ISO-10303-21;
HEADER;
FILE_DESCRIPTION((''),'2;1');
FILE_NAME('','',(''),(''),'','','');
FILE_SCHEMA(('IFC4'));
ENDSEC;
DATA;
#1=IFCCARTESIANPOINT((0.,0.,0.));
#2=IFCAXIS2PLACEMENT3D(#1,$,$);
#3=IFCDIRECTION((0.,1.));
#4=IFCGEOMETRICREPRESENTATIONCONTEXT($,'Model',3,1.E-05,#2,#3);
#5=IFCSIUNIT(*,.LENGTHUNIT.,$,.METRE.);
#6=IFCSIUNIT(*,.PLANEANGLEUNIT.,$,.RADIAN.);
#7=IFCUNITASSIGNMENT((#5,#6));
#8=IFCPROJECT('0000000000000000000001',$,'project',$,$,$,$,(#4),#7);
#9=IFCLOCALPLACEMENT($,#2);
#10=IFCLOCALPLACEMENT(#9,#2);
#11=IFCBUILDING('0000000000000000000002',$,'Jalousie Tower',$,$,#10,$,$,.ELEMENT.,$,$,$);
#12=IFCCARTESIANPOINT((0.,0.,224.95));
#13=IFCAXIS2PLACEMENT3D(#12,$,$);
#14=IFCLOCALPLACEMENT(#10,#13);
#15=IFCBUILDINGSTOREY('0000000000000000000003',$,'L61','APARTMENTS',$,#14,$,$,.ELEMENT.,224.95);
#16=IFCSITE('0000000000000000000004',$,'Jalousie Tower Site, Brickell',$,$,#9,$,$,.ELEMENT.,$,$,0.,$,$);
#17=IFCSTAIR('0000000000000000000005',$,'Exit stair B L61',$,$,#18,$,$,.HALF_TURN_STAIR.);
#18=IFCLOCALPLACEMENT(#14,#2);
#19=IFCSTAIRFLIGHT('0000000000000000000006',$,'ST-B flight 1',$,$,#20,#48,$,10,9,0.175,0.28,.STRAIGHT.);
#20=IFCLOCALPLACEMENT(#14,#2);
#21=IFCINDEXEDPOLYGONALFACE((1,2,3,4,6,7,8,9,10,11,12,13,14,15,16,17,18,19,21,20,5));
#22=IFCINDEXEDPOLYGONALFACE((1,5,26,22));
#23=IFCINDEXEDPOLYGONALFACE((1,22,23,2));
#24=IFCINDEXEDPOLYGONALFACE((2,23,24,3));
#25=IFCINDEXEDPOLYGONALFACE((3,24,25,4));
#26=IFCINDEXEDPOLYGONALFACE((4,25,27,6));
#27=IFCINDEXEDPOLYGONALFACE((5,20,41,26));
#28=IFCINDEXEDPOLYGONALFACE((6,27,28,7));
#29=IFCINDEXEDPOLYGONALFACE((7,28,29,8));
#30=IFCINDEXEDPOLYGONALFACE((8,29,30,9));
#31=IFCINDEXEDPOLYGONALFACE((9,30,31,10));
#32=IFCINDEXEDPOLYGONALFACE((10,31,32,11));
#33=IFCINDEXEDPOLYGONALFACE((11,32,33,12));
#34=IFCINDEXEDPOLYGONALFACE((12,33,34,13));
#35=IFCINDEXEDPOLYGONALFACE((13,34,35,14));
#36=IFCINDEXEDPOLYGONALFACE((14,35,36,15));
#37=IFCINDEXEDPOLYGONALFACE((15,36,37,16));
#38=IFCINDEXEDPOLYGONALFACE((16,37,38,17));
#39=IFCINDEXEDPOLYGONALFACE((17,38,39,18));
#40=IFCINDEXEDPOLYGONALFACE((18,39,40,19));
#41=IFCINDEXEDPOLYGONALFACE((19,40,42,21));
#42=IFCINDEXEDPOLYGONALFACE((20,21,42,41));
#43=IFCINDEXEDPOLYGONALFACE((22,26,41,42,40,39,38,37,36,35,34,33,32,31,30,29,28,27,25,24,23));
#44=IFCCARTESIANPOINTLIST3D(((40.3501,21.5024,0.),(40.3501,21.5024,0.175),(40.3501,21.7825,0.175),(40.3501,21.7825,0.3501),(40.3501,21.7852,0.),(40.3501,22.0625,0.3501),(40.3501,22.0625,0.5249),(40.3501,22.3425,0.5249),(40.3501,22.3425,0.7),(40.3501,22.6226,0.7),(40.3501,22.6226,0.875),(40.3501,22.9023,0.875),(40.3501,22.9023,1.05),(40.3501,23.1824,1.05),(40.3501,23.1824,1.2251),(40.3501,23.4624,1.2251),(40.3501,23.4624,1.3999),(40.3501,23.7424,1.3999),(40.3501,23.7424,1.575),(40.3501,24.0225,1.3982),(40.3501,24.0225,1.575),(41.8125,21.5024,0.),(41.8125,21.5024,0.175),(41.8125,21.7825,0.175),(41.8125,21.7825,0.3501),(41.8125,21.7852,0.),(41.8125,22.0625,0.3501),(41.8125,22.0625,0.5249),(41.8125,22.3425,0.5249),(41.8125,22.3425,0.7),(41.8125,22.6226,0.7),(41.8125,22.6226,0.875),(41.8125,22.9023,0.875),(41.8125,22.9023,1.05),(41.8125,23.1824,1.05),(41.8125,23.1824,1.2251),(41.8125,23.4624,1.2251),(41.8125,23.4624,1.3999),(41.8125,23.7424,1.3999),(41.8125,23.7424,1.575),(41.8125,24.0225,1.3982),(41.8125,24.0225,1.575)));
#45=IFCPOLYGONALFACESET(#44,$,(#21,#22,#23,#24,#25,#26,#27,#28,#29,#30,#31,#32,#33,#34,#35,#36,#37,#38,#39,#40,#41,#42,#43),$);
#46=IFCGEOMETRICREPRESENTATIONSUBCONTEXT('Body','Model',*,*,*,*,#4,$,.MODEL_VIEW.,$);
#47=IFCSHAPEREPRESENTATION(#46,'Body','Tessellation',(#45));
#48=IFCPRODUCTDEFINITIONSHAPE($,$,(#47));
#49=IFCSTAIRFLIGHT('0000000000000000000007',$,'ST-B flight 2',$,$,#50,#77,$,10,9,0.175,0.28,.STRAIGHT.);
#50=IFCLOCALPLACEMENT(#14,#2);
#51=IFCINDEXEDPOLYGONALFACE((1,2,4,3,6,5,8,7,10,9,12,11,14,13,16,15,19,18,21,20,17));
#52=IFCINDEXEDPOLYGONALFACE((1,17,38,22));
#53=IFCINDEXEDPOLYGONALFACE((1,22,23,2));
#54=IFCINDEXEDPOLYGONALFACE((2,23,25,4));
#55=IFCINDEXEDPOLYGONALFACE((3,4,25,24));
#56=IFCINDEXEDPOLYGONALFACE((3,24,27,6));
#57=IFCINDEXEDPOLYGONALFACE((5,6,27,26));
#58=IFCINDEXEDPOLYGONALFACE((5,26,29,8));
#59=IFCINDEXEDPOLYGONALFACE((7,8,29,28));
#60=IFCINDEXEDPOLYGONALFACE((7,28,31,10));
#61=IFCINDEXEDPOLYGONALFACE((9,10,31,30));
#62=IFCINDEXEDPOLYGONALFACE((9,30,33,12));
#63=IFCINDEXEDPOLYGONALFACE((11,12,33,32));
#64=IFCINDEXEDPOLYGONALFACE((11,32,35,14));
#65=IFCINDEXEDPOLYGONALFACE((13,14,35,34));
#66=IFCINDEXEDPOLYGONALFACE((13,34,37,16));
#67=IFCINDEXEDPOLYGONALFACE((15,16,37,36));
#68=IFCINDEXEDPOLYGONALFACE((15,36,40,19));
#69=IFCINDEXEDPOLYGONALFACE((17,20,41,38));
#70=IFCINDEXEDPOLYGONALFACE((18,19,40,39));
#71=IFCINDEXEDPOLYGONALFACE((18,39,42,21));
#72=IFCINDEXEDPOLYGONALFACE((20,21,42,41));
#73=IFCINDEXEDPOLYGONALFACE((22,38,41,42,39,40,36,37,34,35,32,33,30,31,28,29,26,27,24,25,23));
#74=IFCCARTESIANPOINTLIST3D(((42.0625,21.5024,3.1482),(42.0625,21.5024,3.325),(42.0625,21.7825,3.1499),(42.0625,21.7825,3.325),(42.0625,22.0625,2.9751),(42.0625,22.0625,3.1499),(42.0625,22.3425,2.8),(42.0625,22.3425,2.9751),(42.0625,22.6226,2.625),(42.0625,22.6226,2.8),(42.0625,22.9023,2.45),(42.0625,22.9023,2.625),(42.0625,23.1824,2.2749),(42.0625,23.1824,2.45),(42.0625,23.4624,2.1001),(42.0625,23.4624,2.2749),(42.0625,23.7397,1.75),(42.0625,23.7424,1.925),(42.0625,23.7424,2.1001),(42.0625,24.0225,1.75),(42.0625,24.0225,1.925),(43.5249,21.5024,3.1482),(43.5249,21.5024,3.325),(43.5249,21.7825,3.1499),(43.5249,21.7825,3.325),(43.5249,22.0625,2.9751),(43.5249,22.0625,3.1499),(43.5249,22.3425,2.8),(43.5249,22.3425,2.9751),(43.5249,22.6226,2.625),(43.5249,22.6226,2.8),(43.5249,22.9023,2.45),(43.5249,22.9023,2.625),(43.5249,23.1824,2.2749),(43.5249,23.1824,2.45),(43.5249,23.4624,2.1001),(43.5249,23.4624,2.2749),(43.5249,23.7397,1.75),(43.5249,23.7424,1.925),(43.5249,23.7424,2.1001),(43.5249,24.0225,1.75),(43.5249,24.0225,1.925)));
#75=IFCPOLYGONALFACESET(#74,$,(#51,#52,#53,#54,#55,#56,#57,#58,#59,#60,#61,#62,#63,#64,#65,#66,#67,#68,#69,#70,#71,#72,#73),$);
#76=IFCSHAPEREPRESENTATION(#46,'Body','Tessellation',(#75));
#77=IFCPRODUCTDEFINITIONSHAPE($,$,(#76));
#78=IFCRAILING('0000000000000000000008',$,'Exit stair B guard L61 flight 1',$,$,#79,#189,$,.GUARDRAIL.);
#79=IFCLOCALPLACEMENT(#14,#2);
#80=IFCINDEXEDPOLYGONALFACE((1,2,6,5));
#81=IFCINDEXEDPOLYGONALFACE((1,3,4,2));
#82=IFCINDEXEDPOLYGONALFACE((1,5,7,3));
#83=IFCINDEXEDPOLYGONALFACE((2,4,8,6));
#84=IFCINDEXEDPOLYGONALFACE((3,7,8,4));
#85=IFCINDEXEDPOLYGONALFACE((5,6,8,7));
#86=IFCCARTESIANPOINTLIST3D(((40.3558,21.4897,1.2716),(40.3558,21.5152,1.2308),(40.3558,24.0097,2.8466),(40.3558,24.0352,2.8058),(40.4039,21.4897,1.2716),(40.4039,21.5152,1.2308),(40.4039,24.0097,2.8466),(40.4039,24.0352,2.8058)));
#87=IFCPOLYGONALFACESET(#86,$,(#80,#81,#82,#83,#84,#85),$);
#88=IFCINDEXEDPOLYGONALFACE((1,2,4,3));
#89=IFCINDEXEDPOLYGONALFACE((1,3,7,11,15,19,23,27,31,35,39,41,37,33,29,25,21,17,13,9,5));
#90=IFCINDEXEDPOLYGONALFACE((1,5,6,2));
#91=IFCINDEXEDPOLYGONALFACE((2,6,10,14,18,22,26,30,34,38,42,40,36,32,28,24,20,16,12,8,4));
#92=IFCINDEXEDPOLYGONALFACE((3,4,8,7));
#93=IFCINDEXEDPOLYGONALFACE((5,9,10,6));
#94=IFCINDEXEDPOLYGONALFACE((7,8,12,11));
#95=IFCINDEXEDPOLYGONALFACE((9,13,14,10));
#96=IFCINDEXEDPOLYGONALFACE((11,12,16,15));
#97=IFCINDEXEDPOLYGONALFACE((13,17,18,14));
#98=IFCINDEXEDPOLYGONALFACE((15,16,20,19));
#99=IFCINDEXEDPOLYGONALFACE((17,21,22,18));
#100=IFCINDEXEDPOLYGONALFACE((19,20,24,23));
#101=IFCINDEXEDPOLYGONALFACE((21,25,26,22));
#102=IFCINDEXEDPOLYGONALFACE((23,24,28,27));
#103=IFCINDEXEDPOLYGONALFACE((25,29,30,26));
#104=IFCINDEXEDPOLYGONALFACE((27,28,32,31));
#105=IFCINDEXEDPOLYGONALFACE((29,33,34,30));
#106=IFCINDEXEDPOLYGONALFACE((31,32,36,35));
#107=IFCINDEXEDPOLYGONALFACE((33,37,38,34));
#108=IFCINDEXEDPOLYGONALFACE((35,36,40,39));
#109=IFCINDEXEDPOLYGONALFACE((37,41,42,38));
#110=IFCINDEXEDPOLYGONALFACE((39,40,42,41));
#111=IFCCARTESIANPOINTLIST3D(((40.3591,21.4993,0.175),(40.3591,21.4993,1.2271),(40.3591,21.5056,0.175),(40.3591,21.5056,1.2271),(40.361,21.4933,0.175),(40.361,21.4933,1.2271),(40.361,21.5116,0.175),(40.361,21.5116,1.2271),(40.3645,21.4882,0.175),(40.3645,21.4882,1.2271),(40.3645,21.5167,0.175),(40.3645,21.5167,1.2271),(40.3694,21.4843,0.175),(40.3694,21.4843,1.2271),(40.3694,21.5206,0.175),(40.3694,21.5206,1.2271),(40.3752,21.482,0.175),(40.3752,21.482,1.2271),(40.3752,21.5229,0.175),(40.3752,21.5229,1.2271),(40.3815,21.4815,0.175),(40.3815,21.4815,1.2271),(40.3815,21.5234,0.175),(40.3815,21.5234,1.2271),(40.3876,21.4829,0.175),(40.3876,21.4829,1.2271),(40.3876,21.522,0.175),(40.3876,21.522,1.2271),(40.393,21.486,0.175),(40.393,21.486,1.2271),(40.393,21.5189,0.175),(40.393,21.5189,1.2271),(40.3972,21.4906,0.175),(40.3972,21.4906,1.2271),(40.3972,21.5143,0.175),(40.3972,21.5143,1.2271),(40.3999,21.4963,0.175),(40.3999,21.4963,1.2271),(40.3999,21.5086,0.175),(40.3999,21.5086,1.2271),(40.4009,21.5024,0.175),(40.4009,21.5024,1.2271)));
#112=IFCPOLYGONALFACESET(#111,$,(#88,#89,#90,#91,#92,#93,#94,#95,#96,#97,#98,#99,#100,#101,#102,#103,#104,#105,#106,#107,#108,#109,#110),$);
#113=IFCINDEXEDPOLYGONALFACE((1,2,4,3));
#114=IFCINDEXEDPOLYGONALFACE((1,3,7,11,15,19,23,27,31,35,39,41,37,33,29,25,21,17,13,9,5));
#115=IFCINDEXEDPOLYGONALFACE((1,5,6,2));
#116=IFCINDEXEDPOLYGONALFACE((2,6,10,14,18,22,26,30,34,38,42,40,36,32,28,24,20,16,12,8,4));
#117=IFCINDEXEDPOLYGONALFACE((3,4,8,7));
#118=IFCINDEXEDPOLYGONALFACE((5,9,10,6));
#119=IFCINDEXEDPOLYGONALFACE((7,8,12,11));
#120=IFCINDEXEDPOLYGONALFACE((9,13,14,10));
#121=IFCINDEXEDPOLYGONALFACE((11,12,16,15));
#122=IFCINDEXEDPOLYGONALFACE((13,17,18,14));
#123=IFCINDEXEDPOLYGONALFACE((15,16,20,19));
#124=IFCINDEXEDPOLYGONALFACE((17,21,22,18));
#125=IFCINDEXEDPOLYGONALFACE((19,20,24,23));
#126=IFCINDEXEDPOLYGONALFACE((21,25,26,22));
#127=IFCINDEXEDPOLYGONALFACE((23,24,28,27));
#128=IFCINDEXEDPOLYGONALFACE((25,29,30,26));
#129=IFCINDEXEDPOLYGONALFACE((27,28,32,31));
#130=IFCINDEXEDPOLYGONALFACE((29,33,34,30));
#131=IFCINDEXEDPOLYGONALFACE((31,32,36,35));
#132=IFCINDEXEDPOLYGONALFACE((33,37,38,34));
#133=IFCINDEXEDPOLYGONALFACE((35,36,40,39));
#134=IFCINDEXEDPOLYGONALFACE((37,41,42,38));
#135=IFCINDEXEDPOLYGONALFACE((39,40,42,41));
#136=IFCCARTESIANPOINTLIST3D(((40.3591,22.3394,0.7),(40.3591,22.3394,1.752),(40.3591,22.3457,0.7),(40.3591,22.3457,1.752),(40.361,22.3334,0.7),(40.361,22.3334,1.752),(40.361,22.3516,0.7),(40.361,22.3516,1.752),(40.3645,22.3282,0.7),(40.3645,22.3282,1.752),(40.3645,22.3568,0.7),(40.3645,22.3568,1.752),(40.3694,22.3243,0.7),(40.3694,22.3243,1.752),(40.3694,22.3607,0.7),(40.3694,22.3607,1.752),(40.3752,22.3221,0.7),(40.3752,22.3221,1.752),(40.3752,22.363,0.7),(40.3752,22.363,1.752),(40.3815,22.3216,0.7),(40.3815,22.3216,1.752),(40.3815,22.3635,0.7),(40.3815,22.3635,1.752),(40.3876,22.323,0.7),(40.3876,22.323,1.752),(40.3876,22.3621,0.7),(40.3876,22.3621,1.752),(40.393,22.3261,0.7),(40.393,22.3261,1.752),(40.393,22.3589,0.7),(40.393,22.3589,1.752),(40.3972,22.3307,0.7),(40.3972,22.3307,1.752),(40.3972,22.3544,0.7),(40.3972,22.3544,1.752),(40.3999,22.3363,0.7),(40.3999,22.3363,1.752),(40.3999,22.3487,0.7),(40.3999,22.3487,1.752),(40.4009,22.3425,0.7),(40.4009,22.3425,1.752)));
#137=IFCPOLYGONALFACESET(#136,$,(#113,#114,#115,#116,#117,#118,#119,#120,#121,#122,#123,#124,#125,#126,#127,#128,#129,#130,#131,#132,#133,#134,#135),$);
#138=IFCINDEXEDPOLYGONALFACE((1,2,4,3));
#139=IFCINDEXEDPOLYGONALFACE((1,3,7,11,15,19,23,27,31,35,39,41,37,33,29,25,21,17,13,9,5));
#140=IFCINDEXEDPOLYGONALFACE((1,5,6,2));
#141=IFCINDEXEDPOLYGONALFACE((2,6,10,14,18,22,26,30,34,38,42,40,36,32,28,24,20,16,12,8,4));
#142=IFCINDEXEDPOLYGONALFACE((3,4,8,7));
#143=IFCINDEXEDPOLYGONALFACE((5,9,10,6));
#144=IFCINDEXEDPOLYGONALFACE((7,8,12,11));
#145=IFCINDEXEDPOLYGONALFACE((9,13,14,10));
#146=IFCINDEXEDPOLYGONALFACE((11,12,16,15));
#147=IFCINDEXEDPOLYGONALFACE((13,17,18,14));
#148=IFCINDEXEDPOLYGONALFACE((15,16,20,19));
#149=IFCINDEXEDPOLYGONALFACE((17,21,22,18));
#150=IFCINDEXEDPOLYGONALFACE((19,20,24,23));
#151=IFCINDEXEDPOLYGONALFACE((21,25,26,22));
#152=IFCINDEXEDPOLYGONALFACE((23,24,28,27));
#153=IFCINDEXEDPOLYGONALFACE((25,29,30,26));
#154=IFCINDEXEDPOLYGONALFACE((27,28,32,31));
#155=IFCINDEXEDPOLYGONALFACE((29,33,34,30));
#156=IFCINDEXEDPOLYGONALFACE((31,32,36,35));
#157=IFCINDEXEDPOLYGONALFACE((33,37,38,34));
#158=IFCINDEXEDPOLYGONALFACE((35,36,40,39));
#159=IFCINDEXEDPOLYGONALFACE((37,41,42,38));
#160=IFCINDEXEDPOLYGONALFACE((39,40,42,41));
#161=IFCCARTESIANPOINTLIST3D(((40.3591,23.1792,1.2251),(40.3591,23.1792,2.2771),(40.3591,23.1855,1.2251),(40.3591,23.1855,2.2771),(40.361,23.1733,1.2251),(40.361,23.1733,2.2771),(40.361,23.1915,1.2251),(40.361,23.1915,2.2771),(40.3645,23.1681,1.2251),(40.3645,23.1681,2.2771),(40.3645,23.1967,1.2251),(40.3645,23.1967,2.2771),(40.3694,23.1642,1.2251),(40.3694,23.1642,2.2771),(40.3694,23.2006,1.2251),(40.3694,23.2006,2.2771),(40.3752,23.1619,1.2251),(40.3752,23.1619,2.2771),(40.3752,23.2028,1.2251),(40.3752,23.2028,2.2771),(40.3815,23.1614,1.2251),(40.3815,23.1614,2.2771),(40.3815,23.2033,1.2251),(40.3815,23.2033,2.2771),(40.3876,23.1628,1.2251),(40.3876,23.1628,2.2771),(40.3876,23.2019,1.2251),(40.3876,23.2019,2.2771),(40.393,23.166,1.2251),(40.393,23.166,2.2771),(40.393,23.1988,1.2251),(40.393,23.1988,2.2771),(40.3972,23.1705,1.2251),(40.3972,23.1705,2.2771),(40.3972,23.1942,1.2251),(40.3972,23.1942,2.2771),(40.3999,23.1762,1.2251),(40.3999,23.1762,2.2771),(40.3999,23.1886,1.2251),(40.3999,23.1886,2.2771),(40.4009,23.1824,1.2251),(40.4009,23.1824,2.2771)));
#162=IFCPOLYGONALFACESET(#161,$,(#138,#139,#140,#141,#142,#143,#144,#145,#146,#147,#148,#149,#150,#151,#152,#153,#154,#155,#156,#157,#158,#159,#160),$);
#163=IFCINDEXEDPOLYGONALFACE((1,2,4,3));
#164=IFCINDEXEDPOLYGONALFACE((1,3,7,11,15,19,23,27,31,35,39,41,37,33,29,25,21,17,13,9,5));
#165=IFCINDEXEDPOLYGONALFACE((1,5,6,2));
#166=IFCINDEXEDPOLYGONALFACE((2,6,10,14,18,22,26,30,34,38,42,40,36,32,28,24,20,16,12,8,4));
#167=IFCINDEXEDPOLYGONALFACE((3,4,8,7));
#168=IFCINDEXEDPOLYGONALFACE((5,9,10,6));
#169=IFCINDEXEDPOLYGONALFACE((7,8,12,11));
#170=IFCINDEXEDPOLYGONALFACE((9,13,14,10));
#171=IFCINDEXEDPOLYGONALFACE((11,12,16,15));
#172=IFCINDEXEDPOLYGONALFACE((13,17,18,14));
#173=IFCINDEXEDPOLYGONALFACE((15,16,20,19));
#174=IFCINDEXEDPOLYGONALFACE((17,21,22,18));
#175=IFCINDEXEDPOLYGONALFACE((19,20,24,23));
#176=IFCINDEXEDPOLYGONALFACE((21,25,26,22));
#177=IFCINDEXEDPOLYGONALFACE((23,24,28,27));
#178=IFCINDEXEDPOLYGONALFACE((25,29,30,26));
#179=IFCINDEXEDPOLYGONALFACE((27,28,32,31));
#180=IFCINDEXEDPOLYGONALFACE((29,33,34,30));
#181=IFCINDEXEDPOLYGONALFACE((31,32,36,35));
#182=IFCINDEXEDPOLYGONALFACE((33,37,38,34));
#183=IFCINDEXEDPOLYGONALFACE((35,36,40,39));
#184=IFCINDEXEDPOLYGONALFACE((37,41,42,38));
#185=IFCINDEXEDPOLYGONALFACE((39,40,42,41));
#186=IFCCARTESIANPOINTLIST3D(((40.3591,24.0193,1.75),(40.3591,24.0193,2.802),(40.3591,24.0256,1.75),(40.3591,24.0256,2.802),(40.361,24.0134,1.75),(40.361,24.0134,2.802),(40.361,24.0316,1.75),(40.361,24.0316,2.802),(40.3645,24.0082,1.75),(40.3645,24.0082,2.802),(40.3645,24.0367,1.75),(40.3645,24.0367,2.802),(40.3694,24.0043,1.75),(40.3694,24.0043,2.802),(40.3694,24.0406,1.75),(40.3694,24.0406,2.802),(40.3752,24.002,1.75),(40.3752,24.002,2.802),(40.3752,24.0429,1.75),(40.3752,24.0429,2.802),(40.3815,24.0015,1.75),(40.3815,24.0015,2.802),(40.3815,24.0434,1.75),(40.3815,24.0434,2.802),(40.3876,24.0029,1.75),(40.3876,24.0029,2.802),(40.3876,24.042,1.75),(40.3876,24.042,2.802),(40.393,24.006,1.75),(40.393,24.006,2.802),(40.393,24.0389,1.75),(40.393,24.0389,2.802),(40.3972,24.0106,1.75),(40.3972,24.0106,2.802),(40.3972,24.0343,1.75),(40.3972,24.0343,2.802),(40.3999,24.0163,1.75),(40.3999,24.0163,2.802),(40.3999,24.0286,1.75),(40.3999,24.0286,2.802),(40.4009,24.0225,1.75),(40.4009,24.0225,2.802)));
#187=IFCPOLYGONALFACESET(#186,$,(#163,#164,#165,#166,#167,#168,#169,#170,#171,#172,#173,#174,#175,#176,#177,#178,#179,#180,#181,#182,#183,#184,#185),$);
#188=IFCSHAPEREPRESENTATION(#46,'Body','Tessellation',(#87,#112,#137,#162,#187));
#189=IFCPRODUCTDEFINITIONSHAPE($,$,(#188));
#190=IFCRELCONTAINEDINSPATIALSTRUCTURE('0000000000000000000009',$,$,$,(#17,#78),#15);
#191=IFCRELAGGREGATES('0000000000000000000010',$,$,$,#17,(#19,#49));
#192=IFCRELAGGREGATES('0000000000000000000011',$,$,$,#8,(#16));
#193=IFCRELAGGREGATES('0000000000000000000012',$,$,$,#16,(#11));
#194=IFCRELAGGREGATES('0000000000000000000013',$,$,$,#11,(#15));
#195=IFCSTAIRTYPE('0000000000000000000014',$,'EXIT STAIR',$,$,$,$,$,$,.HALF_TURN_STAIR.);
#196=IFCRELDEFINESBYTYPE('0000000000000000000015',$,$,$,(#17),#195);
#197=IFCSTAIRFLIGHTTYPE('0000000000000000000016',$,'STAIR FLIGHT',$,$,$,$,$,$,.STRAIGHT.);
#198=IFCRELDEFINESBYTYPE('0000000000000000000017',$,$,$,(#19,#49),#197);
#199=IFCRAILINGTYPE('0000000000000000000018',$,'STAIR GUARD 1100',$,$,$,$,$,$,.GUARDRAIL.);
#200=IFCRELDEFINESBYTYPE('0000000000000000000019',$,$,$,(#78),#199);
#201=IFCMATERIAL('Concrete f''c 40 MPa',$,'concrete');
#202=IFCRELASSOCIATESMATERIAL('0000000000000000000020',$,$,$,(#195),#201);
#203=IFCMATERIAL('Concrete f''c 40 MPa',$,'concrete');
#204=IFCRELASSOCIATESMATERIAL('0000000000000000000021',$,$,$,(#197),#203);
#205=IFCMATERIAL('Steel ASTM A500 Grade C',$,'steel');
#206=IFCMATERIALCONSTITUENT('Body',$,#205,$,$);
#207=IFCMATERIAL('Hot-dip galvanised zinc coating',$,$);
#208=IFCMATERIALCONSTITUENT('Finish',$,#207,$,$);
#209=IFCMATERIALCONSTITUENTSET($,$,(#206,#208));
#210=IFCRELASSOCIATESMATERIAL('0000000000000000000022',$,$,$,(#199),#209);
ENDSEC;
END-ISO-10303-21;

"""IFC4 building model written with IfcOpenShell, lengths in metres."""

from ifc_helpers import new_model, si_unit, direction, frame, origin, origin_2d, place, context, subcontext, project, spatial, polyline, rectangle, circle, outline, extrude, material, constituent, constituent_set, type_object, element, aggregate, save


model = new_model("IFC4")

# Units and contexts
model_context = context("Model", 3, precision=1e-05, world=origin(), true_north=direction((0.0, 1.0)))
body_context = subcontext(model_context, "Body", "Model", "MODEL_VIEW")
ifc_project = project(units=[si_unit("LENGTHUNIT", "METRE"), si_unit("PLANEANGLEUNIT", "RADIAN")], contexts=[model_context])

# Site, building, storey
site_placement = place(None, origin())
site = spatial("IfcSite", under=ifc_project, at=site_placement, Name="Jalousie Tower Site, Brickell", CompositionType="ELEMENT", RefElevation=0.0)
building_placement = place(site_placement, origin())
building = spatial("IfcBuilding", under=site, at=building_placement, Name="Jalousie Tower", CompositionType="ELEMENT")
storey_placement = place(building_placement, frame((0.0, 0.0, 224.95)))
storey = spatial("IfcBuildingStorey", under=building, at=storey_placement, Name="L61", Description="APARTMENTS", CompositionType="ELEMENT", Elevation=224.95)

# Stair, stair flights
ifc_material_1 = material(Name="Concrete f'c 40 MPa", Category="concrete")
stair_type = type_object("IfcStairType", Name="EXIT STAIR", PredefinedType="HALF_TURN_STAIR", material=ifc_material_1)
stair_placement = place(storey_placement, origin())
stair = element("IfcStair", 1, at=stair_placement, inside=storey, type_object=stair_type, Name="Exit stair B L61", PredefinedType="HALF_TURN_STAIR")
ifc_material_2 = material(Name="Concrete f'c 40 MPa", Category="concrete")
stair_flight_type = type_object("IfcStairFlightType", Name="STAIR FLIGHT", PredefinedType="STRAIGHT", material=ifc_material_2)
stair_flight_1_placement = place(storey_placement, frame((41.0813, 21.5024, 0.0), z_axis=(0.0, 0.0, 1.0), x_axis=(0.0, 1.0, 0.0)))
stair_flight_1 = element("IfcStairFlight", 2, at=stair_flight_1_placement, type_object=stair_flight_type, Name="ST-B flight 1", NumberOfRisers=10, NumberOfTreads=9, PredefinedType="STRAIGHT", RiserHeight=0.175, TreadLength=0.28, context=body_context, shape_type="SweptSolid", body=[
    extrude(outline(polyline([(0.0, 0.0), (0.0, 0.175), (0.28, 0.175), (0.28, 0.3501), (0.5601, 0.3501), (0.5601, 0.5249), (0.8401, 0.5249), (0.8401, 0.7), (1.1201, 0.7), (1.1201, 0.875), (1.3999, 0.875), (1.3999, 1.05), (1.6799, 1.05), (1.6799, 1.2251), (1.96, 1.2251), (1.96, 1.3999), (2.24, 1.3999), (2.24, 1.575), (2.52, 1.575), (2.52, 1.75), (2.52, 1.3982), (0.2827, 0.0), (0.0, 0.0)])), frame((0.0, 0.7312, 0.0), z_axis=(0.0, -1.0, 0.0), x_axis=(1.0, 0.0, 0.0)), (0.0, 0.0, 1.0), 1.4624),
])
stair_flight_2_placement = place(storey_placement, frame((42.7937, 24.0225, 1.75), z_axis=(0.0, 0.0, 1.0), x_axis=(0.0, -1.0, 0.0)))
stair_flight_2 = element("IfcStairFlight", 3, at=stair_flight_2_placement, type_object=stair_flight_type, Name="ST-B flight 2", NumberOfRisers=10, NumberOfTreads=9, PredefinedType="STRAIGHT", RiserHeight=0.175, TreadLength=0.28, context=body_context, shape_type="SweptSolid", body=[
    extrude(outline(polyline([(0.0, 0.0), (0.0, 0.175), (0.28, 0.175), (0.28, 0.3501), (0.5601, 0.3501), (0.5601, 0.5249), (0.8401, 0.5249), (0.8401, 0.7), (1.1201, 0.7), (1.1201, 0.875), (1.3999, 0.875), (1.3999, 1.05), (1.6799, 1.05), (1.6799, 1.2251), (1.96, 1.2251), (1.96, 1.3999), (2.24, 1.3999), (2.24, 1.575), (2.52, 1.575), (2.52, 1.75), (2.52, 1.3982), (0.2827, 0.0), (0.0, 0.0)])), frame((0.0, 0.7312, 0.0), z_axis=(0.0, -1.0, 0.0), x_axis=(1.0, 0.0, 0.0)), (0.0, 0.0, 1.0), 1.4624),
])
aggregate(stair, [stair_flight_1, stair_flight_2])

# Railing
ifc_material_3 = material(Name="Steel ASTM A500 Grade C", Category="steel")
ifc_constituent_1 = constituent(ifc_material_3, Name="Body")
ifc_material_4 = material(Name="Hot-dip galvanised zinc coating")
ifc_constituent_2 = constituent(ifc_material_4, Name="Finish")
ifc_constituent_set_1 = constituent_set(constituents=[ifc_constituent_1, ifc_constituent_2])
railing_type_1 = type_object("IfcRailingType", Name="STAIR GUARD 1100", PredefinedType="GUARDRAIL", material=ifc_constituent_set_1)
railing_1_placement = place(storey_placement, frame((40.3799, 21.5024, 0.175)))
element("IfcRailing", 4, at=railing_1_placement, inside=storey, type_object=railing_type_1, Name="Exit stair B guard L61 flight 1", PredefinedType="GUARDRAIL", context=body_context, shape_type="SweptSolid", body=[
    extrude(rectangle(XDim=0.0481, YDim=0.0481, at=origin_2d()), frame((0.0, 0.0, 1.0762), z_axis=(0.0, 0.848008, 0.529984), x_axis=(-1.0, 0.0, 0.0)), (0.0, 0.0, 1.0), 2.9717),
    extrude(circle(Radius=0.021, at=origin_2d()), origin(), (0.0, 0.0, 1.0), 1.052),
    extrude(circle(Radius=0.021, at=origin_2d()), frame((0.0, 0.8401, 0.5249)), (0.0, 0.0, 1.0), 1.052),
    extrude(circle(Radius=0.021, at=origin_2d()), frame((0.0, 1.6799, 1.05)), (0.0, 0.0, 1.0), 1.052),
    extrude(circle(Radius=0.021, at=origin_2d()), frame((0.0, 2.52, 1.575)), (0.0, 0.0, 1.0), 1.052),
])

save(model, "model.ifc")
